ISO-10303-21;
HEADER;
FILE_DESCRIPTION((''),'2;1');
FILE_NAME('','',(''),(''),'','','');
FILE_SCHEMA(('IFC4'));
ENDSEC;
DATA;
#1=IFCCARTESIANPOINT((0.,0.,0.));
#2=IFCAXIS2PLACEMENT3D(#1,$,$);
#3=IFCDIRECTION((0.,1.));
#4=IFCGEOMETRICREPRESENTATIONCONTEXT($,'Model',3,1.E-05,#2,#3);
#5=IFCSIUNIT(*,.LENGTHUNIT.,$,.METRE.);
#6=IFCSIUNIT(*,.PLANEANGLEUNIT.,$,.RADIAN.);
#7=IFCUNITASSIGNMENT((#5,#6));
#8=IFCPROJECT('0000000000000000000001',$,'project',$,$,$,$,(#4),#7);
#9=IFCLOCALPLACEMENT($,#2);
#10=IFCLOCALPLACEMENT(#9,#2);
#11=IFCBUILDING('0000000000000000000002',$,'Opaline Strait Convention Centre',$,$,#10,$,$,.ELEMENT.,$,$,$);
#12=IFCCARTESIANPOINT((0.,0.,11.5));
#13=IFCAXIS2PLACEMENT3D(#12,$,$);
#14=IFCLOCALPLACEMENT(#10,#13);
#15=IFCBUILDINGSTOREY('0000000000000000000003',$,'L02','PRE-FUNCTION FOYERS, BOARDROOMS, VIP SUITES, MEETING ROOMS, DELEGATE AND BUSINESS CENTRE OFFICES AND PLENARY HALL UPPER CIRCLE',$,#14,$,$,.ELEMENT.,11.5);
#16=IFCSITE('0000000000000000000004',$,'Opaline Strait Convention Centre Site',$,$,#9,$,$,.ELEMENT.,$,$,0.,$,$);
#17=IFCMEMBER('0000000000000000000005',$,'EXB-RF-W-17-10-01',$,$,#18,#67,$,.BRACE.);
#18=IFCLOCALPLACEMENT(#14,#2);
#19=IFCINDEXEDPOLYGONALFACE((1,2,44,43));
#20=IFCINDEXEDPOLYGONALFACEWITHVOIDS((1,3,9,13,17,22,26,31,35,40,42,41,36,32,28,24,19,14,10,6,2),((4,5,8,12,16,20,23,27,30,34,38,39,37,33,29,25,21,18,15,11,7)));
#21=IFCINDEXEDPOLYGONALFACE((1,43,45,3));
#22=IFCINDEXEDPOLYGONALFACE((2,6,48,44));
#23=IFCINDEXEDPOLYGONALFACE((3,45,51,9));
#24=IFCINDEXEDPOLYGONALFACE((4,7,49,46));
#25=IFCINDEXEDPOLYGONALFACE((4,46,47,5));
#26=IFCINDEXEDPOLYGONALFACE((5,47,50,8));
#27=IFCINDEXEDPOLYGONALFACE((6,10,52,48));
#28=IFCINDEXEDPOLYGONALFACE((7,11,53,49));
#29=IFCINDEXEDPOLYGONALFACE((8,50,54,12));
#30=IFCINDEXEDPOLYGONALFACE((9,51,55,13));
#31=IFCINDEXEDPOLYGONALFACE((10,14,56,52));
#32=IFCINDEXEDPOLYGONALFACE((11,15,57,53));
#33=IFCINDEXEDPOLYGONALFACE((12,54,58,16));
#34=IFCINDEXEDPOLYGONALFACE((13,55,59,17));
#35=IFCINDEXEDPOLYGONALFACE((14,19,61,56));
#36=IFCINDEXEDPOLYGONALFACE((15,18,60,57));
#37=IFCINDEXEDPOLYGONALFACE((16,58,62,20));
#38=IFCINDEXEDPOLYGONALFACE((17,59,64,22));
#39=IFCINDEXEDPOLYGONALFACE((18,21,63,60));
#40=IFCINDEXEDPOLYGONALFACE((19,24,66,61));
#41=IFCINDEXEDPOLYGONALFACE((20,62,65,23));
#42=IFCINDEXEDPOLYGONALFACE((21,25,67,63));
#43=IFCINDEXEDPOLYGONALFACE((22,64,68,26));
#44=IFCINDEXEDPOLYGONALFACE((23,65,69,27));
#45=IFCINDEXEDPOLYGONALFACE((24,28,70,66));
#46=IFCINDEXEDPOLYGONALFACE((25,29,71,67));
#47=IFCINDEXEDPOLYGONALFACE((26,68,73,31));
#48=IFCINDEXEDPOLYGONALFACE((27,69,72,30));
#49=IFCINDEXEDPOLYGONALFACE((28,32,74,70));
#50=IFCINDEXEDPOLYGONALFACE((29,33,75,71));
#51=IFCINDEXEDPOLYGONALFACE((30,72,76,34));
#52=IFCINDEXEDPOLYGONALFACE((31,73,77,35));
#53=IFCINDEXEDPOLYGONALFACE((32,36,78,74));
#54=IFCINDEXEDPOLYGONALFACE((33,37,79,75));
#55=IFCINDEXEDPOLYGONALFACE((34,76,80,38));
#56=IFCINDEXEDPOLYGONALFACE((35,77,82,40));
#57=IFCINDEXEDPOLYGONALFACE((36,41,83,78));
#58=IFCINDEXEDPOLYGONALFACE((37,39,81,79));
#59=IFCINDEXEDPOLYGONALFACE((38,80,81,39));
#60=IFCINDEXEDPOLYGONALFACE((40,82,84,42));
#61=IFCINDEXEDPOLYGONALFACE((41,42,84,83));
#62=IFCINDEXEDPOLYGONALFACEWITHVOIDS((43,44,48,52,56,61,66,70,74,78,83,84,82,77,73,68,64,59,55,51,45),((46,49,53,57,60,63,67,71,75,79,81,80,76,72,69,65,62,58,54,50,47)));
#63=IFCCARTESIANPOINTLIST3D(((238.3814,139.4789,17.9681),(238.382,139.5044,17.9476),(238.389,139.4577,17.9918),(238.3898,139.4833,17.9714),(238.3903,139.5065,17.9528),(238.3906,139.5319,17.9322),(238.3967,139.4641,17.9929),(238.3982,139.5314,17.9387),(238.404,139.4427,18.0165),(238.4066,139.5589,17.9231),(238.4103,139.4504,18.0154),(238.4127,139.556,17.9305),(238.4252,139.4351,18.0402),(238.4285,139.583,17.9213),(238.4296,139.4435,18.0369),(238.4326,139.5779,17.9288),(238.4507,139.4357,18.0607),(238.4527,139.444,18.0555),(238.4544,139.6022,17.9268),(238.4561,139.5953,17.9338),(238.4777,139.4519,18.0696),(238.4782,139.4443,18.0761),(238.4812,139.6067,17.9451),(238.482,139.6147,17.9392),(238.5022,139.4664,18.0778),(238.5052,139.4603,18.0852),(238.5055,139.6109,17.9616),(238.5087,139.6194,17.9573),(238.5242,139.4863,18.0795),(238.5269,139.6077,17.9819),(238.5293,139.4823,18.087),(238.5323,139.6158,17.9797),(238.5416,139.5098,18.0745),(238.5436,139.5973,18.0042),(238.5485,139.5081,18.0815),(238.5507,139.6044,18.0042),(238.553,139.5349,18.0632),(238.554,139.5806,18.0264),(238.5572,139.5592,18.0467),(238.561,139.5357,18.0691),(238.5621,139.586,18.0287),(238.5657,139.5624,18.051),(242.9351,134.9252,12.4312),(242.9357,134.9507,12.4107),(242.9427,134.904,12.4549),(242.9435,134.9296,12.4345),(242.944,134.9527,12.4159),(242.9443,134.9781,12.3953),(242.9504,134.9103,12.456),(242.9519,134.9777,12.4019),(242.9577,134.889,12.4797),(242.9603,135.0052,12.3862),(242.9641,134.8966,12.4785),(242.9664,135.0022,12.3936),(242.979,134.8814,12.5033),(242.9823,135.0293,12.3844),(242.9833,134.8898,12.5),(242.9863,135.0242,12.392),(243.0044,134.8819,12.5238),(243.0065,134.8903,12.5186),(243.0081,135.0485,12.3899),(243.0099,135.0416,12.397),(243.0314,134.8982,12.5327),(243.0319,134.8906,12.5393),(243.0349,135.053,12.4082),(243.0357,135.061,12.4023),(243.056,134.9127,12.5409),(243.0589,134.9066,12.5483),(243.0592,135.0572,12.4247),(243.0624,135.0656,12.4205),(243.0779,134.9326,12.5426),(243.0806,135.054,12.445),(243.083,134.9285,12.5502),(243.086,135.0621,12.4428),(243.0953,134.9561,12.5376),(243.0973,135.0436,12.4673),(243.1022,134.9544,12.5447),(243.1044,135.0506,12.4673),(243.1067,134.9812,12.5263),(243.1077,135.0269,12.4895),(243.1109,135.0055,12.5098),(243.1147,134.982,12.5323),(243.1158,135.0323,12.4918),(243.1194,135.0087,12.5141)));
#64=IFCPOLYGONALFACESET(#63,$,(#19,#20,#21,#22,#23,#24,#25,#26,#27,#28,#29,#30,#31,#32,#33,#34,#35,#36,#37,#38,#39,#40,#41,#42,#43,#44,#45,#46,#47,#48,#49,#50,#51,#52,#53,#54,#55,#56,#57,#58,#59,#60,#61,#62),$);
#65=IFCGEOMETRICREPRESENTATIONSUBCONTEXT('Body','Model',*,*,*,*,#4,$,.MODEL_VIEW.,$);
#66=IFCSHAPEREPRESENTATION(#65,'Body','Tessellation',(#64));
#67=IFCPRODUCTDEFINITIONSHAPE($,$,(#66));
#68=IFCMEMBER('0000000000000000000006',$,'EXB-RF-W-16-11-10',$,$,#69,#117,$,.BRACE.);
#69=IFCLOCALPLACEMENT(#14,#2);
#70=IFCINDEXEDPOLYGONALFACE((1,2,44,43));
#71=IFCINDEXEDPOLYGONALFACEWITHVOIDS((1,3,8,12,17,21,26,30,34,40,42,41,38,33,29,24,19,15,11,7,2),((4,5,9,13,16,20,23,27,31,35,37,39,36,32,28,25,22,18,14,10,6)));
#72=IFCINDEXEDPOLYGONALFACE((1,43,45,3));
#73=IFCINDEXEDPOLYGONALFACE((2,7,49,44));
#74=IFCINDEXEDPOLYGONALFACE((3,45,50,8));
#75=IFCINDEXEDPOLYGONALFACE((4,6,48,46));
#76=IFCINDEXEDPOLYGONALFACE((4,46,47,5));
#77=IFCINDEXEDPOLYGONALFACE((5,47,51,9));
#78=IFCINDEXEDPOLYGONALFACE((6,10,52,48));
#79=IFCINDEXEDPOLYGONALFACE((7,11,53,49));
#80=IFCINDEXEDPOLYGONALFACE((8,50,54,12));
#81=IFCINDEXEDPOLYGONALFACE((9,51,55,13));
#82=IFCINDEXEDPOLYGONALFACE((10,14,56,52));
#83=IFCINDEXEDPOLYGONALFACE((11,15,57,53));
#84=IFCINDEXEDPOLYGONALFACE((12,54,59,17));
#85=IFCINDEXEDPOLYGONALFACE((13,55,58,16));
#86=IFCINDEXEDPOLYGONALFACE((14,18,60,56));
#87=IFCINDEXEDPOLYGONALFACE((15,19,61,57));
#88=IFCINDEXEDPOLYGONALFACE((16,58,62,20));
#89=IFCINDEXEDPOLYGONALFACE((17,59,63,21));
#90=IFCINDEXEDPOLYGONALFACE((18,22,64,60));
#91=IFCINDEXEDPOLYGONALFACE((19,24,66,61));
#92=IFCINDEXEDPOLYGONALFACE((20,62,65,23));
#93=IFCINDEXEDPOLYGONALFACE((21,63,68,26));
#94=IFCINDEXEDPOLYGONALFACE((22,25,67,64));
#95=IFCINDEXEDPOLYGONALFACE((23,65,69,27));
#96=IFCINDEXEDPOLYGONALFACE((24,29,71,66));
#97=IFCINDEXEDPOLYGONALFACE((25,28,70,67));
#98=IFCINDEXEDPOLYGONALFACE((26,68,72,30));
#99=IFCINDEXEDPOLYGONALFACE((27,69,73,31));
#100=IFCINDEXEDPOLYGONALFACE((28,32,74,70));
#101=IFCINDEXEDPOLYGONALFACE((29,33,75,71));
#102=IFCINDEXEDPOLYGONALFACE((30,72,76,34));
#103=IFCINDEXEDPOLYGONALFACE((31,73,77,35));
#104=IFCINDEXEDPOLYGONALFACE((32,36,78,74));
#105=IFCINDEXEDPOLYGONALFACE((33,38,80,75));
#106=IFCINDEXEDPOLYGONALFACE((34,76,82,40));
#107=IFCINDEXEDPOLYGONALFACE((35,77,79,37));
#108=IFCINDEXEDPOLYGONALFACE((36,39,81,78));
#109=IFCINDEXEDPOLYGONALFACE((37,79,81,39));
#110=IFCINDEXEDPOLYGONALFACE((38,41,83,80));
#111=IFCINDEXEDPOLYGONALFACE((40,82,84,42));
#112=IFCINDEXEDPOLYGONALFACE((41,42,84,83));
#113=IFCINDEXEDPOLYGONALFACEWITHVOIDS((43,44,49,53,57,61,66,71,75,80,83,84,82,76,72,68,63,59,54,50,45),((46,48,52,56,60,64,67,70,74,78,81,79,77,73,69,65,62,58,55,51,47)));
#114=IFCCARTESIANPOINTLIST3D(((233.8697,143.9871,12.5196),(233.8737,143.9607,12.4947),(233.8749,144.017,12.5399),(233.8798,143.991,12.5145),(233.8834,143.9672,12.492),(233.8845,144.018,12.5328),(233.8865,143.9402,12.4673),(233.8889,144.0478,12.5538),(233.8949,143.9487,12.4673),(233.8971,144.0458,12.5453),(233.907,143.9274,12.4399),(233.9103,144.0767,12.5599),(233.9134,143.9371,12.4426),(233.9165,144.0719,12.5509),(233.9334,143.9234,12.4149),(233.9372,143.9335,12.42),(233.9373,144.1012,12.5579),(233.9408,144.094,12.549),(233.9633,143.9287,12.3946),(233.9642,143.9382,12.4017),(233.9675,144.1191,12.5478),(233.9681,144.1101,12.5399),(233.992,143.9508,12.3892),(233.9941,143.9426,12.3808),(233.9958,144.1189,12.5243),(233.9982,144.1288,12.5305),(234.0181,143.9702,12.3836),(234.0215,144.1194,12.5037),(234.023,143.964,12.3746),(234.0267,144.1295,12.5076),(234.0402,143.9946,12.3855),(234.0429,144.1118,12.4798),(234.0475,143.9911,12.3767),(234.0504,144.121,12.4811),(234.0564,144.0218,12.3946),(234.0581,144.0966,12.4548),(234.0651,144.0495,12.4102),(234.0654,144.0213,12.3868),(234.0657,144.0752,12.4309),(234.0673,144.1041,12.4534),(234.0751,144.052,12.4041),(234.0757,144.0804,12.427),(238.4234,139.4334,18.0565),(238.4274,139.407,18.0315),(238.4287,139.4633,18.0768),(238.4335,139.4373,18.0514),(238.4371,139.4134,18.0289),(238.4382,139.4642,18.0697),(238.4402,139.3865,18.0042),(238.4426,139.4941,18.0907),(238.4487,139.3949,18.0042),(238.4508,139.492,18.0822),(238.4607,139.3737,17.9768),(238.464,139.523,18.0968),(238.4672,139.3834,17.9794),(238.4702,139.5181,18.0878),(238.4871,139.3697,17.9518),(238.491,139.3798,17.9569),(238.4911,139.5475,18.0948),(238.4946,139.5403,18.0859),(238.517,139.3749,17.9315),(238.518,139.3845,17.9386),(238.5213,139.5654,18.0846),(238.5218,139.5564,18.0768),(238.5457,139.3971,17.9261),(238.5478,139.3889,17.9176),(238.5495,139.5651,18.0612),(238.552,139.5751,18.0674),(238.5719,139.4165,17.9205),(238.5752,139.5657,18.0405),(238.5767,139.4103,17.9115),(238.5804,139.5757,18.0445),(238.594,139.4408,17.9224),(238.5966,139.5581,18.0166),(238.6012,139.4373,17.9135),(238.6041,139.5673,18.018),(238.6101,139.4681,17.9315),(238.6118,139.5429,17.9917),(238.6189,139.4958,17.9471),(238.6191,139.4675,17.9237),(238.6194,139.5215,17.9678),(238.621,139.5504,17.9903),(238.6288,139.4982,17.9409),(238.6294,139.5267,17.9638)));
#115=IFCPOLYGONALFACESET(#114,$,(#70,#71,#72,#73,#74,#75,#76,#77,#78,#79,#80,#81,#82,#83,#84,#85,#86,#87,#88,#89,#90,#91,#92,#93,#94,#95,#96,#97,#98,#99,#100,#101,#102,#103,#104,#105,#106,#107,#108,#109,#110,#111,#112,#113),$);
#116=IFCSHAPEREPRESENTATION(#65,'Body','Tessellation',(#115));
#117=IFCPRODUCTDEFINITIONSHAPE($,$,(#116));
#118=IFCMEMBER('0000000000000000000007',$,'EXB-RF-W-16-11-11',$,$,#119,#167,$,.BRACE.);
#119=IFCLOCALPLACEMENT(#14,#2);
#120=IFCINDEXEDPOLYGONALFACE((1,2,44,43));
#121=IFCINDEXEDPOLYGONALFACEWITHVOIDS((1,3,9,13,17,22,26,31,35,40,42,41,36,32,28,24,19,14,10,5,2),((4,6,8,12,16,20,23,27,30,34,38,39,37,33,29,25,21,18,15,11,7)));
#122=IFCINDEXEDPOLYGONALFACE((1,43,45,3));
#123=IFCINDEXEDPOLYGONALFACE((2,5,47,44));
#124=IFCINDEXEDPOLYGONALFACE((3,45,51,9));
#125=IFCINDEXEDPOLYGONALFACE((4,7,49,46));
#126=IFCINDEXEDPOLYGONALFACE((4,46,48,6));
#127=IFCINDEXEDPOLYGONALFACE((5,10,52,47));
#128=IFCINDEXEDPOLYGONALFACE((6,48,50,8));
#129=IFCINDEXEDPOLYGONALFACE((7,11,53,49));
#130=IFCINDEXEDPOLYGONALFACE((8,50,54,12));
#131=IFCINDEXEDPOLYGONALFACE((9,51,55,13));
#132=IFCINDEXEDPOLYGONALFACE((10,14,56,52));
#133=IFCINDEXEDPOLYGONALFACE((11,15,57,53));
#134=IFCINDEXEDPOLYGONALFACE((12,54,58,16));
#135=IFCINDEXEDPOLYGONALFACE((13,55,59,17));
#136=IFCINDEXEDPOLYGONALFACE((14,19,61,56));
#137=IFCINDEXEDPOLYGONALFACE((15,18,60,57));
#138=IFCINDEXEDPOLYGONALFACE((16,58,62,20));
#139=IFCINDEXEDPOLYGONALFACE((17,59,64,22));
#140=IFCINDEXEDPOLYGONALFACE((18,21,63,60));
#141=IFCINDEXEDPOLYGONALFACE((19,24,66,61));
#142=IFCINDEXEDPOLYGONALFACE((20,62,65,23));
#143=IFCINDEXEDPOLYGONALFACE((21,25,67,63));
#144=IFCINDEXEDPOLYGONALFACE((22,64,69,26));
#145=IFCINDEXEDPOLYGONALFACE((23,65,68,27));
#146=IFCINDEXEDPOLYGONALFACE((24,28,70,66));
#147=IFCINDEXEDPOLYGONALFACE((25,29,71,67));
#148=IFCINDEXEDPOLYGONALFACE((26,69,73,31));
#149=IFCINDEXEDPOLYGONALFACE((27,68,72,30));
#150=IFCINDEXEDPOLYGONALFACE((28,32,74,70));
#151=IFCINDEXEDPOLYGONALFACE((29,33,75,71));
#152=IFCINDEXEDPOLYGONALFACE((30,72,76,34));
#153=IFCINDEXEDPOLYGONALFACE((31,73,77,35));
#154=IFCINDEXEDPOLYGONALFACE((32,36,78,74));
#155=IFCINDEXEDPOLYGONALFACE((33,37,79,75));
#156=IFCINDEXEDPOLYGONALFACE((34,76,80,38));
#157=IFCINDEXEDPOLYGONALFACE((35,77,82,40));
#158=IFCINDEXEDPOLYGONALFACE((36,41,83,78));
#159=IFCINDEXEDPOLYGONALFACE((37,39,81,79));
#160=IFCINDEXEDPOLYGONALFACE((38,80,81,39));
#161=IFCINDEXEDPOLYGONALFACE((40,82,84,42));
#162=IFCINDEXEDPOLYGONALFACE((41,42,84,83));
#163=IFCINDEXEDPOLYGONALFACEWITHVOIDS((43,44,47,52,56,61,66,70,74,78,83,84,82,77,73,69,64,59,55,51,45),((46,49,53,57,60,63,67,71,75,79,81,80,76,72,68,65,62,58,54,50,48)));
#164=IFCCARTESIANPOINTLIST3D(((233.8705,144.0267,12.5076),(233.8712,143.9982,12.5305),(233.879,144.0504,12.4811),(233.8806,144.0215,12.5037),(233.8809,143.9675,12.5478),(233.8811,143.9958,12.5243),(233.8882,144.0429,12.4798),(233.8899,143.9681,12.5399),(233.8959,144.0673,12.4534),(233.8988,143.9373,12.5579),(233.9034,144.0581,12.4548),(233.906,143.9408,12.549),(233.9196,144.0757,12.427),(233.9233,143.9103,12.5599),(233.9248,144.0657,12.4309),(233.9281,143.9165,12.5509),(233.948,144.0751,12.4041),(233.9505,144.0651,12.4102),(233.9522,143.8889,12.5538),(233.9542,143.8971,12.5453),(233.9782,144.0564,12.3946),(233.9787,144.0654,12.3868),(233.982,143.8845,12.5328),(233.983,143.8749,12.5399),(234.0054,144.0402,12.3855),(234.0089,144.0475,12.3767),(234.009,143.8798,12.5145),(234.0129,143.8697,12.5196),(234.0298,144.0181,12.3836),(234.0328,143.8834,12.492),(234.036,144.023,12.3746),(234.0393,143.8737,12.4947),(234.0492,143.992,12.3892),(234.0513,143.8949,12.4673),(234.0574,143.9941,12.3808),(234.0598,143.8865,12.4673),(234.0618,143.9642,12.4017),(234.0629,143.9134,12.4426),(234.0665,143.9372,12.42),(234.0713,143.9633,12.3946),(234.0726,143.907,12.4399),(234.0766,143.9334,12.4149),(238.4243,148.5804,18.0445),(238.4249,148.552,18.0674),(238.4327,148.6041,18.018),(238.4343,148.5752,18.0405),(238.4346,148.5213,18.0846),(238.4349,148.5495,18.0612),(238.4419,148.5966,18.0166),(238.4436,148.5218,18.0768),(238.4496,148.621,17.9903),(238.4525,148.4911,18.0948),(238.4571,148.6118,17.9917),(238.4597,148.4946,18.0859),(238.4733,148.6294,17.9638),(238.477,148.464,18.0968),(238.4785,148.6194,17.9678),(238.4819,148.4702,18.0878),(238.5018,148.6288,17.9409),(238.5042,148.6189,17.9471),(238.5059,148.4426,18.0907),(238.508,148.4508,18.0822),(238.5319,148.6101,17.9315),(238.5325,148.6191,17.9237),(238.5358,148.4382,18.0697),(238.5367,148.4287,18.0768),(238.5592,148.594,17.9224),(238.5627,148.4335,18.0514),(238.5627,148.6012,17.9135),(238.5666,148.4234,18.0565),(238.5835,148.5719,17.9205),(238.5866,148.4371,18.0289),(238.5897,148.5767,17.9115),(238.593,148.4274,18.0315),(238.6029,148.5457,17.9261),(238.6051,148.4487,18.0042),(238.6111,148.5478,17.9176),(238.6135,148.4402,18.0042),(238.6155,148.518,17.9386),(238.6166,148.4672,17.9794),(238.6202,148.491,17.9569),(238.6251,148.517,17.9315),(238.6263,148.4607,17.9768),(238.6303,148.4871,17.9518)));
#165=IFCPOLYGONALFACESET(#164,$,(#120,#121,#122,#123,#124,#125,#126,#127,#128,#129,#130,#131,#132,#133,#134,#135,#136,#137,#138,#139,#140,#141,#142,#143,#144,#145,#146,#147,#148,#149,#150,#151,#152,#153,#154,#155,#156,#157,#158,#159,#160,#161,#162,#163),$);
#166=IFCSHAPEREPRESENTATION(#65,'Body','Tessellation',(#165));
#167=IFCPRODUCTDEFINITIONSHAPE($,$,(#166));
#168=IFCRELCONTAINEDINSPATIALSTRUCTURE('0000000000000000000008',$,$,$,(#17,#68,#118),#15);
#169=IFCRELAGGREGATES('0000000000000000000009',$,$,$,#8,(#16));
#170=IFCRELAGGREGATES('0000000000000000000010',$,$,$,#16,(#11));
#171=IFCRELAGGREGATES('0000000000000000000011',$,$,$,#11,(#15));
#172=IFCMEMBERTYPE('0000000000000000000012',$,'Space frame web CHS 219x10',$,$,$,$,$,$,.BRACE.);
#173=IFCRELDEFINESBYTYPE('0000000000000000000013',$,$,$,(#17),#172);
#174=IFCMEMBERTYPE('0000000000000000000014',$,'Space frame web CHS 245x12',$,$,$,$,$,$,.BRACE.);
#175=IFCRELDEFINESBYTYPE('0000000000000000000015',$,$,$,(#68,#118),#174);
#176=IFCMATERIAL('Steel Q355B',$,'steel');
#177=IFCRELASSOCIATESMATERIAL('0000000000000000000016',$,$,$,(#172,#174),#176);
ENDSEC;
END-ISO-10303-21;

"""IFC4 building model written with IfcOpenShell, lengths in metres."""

from ifc_helpers import new_model, si_unit, direction, frame, origin, origin_2d, place, context, subcontext, project, spatial, hollow_circle, extrude, material, material_profile, profile_set, type_object, element, save


model = new_model("IFC4")

# Units and contexts
model_context = context("Model", 3, precision=1e-05, world=origin(), true_north=direction((0.0, 1.0)))
body_context = subcontext(model_context, "Body", "Model", "MODEL_VIEW")
ifc_project = project(units=[si_unit("LENGTHUNIT", "METRE"), si_unit("PLANEANGLEUNIT", "RADIAN")], contexts=[model_context])

# Site, building, storey
site_placement = place(None, origin())
site = spatial("IfcSite", under=ifc_project, at=site_placement, Name="Opaline Strait Convention Centre Site", CompositionType="ELEMENT", RefElevation=0.0)
building_placement = place(site_placement, origin())
building = spatial("IfcBuilding", under=site, at=building_placement, Name="Opaline Strait Convention Centre", CompositionType="ELEMENT")
storey_placement = place(building_placement, frame((0.0, 0.0, 11.5)))
storey = spatial("IfcBuildingStorey", under=building, at=storey_placement, Name="L02", Description="PRE-FUNCTION FOYERS, BOARDROOMS, VIP SUITES, MEETING ROOMS, DELEGATE AND BUSINESS CENTRE OFFICES AND PLENARY HALL UPPER CIRCLE", CompositionType="ELEMENT", Elevation=11.5)

# Members
ifc_material_1 = material(Name="Steel Q355B", Category="steel")
ifc_material_profile_1 = material_profile(ifc_material_1, hollow_circle(Radius=0.1096, WallThickness=0.01, at=origin_2d()), Name="CHS 219x10")
ifc_profile_set_1 = profile_set([ifc_material_profile_1], Name="Steel Q355B")
member_type_1 = type_object("IfcMemberType", Name="Space frame web CHS 219x10", PredefinedType="BRACE", material=ifc_profile_set_1)
for number, where, z_axis, x_axis, name in (
    (1, (238.4731, 139.5269, 18.0042), (0.536178, -0.536178, -0.65194), (0.707107, 0.707107, 0.0), "EXB-RF-W-17-10-01"),
):
    element("IfcMember", number, at=place(storey_placement, frame(where, z_axis=z_axis, x_axis=x_axis)), inside=storey, type_object=member_type_1, Name=name, PredefinedType="BRACE", context=body_context, shape_type="SweptSolid", body=[
        extrude(hollow_circle(Radius=0.1096, WallThickness=0.01, at=origin_2d()), origin(), (0.0, 0.0, 1.0), 8.4929),
    ])
ifc_material_profile_2 = material_profile(ifc_material_1, hollow_circle(Radius=0.1226, WallThickness=0.012, at=origin_2d()), Name="CHS 245x12")
ifc_profile_set_2 = profile_set([ifc_material_profile_2], Name="Steel Q355B")
member_type_2 = type_object("IfcMemberType", Name="Space frame web CHS 245x12", PredefinedType="BRACE", material=ifc_profile_set_2)
for number, where, z_axis, x_axis, name in (
    (2, (238.5269, 139.4731, 18.0042), (-0.536178, 0.536178, -0.65194), (-0.707107, -0.707107, 0.0), "EXB-RF-W-16-11-10"),
    (3, (238.5269, 148.5269, 18.0042), (-0.536178, -0.536178, -0.65194), (0.707107, -0.707107, 0.0), "EXB-RF-W-16-11-11"),
):
    element("IfcMember", number, at=place(storey_placement, frame(where, z_axis=z_axis, x_axis=x_axis)), inside=storey, type_object=member_type_2, Name=name, PredefinedType="BRACE", context=body_context, shape_type="SweptSolid", body=[
        extrude(hollow_circle(Radius=0.1226, WallThickness=0.012, at=origin_2d()), origin(), (0.0, 0.0, 1.0), 8.4929),
    ])

save(model, "model.ifc")
